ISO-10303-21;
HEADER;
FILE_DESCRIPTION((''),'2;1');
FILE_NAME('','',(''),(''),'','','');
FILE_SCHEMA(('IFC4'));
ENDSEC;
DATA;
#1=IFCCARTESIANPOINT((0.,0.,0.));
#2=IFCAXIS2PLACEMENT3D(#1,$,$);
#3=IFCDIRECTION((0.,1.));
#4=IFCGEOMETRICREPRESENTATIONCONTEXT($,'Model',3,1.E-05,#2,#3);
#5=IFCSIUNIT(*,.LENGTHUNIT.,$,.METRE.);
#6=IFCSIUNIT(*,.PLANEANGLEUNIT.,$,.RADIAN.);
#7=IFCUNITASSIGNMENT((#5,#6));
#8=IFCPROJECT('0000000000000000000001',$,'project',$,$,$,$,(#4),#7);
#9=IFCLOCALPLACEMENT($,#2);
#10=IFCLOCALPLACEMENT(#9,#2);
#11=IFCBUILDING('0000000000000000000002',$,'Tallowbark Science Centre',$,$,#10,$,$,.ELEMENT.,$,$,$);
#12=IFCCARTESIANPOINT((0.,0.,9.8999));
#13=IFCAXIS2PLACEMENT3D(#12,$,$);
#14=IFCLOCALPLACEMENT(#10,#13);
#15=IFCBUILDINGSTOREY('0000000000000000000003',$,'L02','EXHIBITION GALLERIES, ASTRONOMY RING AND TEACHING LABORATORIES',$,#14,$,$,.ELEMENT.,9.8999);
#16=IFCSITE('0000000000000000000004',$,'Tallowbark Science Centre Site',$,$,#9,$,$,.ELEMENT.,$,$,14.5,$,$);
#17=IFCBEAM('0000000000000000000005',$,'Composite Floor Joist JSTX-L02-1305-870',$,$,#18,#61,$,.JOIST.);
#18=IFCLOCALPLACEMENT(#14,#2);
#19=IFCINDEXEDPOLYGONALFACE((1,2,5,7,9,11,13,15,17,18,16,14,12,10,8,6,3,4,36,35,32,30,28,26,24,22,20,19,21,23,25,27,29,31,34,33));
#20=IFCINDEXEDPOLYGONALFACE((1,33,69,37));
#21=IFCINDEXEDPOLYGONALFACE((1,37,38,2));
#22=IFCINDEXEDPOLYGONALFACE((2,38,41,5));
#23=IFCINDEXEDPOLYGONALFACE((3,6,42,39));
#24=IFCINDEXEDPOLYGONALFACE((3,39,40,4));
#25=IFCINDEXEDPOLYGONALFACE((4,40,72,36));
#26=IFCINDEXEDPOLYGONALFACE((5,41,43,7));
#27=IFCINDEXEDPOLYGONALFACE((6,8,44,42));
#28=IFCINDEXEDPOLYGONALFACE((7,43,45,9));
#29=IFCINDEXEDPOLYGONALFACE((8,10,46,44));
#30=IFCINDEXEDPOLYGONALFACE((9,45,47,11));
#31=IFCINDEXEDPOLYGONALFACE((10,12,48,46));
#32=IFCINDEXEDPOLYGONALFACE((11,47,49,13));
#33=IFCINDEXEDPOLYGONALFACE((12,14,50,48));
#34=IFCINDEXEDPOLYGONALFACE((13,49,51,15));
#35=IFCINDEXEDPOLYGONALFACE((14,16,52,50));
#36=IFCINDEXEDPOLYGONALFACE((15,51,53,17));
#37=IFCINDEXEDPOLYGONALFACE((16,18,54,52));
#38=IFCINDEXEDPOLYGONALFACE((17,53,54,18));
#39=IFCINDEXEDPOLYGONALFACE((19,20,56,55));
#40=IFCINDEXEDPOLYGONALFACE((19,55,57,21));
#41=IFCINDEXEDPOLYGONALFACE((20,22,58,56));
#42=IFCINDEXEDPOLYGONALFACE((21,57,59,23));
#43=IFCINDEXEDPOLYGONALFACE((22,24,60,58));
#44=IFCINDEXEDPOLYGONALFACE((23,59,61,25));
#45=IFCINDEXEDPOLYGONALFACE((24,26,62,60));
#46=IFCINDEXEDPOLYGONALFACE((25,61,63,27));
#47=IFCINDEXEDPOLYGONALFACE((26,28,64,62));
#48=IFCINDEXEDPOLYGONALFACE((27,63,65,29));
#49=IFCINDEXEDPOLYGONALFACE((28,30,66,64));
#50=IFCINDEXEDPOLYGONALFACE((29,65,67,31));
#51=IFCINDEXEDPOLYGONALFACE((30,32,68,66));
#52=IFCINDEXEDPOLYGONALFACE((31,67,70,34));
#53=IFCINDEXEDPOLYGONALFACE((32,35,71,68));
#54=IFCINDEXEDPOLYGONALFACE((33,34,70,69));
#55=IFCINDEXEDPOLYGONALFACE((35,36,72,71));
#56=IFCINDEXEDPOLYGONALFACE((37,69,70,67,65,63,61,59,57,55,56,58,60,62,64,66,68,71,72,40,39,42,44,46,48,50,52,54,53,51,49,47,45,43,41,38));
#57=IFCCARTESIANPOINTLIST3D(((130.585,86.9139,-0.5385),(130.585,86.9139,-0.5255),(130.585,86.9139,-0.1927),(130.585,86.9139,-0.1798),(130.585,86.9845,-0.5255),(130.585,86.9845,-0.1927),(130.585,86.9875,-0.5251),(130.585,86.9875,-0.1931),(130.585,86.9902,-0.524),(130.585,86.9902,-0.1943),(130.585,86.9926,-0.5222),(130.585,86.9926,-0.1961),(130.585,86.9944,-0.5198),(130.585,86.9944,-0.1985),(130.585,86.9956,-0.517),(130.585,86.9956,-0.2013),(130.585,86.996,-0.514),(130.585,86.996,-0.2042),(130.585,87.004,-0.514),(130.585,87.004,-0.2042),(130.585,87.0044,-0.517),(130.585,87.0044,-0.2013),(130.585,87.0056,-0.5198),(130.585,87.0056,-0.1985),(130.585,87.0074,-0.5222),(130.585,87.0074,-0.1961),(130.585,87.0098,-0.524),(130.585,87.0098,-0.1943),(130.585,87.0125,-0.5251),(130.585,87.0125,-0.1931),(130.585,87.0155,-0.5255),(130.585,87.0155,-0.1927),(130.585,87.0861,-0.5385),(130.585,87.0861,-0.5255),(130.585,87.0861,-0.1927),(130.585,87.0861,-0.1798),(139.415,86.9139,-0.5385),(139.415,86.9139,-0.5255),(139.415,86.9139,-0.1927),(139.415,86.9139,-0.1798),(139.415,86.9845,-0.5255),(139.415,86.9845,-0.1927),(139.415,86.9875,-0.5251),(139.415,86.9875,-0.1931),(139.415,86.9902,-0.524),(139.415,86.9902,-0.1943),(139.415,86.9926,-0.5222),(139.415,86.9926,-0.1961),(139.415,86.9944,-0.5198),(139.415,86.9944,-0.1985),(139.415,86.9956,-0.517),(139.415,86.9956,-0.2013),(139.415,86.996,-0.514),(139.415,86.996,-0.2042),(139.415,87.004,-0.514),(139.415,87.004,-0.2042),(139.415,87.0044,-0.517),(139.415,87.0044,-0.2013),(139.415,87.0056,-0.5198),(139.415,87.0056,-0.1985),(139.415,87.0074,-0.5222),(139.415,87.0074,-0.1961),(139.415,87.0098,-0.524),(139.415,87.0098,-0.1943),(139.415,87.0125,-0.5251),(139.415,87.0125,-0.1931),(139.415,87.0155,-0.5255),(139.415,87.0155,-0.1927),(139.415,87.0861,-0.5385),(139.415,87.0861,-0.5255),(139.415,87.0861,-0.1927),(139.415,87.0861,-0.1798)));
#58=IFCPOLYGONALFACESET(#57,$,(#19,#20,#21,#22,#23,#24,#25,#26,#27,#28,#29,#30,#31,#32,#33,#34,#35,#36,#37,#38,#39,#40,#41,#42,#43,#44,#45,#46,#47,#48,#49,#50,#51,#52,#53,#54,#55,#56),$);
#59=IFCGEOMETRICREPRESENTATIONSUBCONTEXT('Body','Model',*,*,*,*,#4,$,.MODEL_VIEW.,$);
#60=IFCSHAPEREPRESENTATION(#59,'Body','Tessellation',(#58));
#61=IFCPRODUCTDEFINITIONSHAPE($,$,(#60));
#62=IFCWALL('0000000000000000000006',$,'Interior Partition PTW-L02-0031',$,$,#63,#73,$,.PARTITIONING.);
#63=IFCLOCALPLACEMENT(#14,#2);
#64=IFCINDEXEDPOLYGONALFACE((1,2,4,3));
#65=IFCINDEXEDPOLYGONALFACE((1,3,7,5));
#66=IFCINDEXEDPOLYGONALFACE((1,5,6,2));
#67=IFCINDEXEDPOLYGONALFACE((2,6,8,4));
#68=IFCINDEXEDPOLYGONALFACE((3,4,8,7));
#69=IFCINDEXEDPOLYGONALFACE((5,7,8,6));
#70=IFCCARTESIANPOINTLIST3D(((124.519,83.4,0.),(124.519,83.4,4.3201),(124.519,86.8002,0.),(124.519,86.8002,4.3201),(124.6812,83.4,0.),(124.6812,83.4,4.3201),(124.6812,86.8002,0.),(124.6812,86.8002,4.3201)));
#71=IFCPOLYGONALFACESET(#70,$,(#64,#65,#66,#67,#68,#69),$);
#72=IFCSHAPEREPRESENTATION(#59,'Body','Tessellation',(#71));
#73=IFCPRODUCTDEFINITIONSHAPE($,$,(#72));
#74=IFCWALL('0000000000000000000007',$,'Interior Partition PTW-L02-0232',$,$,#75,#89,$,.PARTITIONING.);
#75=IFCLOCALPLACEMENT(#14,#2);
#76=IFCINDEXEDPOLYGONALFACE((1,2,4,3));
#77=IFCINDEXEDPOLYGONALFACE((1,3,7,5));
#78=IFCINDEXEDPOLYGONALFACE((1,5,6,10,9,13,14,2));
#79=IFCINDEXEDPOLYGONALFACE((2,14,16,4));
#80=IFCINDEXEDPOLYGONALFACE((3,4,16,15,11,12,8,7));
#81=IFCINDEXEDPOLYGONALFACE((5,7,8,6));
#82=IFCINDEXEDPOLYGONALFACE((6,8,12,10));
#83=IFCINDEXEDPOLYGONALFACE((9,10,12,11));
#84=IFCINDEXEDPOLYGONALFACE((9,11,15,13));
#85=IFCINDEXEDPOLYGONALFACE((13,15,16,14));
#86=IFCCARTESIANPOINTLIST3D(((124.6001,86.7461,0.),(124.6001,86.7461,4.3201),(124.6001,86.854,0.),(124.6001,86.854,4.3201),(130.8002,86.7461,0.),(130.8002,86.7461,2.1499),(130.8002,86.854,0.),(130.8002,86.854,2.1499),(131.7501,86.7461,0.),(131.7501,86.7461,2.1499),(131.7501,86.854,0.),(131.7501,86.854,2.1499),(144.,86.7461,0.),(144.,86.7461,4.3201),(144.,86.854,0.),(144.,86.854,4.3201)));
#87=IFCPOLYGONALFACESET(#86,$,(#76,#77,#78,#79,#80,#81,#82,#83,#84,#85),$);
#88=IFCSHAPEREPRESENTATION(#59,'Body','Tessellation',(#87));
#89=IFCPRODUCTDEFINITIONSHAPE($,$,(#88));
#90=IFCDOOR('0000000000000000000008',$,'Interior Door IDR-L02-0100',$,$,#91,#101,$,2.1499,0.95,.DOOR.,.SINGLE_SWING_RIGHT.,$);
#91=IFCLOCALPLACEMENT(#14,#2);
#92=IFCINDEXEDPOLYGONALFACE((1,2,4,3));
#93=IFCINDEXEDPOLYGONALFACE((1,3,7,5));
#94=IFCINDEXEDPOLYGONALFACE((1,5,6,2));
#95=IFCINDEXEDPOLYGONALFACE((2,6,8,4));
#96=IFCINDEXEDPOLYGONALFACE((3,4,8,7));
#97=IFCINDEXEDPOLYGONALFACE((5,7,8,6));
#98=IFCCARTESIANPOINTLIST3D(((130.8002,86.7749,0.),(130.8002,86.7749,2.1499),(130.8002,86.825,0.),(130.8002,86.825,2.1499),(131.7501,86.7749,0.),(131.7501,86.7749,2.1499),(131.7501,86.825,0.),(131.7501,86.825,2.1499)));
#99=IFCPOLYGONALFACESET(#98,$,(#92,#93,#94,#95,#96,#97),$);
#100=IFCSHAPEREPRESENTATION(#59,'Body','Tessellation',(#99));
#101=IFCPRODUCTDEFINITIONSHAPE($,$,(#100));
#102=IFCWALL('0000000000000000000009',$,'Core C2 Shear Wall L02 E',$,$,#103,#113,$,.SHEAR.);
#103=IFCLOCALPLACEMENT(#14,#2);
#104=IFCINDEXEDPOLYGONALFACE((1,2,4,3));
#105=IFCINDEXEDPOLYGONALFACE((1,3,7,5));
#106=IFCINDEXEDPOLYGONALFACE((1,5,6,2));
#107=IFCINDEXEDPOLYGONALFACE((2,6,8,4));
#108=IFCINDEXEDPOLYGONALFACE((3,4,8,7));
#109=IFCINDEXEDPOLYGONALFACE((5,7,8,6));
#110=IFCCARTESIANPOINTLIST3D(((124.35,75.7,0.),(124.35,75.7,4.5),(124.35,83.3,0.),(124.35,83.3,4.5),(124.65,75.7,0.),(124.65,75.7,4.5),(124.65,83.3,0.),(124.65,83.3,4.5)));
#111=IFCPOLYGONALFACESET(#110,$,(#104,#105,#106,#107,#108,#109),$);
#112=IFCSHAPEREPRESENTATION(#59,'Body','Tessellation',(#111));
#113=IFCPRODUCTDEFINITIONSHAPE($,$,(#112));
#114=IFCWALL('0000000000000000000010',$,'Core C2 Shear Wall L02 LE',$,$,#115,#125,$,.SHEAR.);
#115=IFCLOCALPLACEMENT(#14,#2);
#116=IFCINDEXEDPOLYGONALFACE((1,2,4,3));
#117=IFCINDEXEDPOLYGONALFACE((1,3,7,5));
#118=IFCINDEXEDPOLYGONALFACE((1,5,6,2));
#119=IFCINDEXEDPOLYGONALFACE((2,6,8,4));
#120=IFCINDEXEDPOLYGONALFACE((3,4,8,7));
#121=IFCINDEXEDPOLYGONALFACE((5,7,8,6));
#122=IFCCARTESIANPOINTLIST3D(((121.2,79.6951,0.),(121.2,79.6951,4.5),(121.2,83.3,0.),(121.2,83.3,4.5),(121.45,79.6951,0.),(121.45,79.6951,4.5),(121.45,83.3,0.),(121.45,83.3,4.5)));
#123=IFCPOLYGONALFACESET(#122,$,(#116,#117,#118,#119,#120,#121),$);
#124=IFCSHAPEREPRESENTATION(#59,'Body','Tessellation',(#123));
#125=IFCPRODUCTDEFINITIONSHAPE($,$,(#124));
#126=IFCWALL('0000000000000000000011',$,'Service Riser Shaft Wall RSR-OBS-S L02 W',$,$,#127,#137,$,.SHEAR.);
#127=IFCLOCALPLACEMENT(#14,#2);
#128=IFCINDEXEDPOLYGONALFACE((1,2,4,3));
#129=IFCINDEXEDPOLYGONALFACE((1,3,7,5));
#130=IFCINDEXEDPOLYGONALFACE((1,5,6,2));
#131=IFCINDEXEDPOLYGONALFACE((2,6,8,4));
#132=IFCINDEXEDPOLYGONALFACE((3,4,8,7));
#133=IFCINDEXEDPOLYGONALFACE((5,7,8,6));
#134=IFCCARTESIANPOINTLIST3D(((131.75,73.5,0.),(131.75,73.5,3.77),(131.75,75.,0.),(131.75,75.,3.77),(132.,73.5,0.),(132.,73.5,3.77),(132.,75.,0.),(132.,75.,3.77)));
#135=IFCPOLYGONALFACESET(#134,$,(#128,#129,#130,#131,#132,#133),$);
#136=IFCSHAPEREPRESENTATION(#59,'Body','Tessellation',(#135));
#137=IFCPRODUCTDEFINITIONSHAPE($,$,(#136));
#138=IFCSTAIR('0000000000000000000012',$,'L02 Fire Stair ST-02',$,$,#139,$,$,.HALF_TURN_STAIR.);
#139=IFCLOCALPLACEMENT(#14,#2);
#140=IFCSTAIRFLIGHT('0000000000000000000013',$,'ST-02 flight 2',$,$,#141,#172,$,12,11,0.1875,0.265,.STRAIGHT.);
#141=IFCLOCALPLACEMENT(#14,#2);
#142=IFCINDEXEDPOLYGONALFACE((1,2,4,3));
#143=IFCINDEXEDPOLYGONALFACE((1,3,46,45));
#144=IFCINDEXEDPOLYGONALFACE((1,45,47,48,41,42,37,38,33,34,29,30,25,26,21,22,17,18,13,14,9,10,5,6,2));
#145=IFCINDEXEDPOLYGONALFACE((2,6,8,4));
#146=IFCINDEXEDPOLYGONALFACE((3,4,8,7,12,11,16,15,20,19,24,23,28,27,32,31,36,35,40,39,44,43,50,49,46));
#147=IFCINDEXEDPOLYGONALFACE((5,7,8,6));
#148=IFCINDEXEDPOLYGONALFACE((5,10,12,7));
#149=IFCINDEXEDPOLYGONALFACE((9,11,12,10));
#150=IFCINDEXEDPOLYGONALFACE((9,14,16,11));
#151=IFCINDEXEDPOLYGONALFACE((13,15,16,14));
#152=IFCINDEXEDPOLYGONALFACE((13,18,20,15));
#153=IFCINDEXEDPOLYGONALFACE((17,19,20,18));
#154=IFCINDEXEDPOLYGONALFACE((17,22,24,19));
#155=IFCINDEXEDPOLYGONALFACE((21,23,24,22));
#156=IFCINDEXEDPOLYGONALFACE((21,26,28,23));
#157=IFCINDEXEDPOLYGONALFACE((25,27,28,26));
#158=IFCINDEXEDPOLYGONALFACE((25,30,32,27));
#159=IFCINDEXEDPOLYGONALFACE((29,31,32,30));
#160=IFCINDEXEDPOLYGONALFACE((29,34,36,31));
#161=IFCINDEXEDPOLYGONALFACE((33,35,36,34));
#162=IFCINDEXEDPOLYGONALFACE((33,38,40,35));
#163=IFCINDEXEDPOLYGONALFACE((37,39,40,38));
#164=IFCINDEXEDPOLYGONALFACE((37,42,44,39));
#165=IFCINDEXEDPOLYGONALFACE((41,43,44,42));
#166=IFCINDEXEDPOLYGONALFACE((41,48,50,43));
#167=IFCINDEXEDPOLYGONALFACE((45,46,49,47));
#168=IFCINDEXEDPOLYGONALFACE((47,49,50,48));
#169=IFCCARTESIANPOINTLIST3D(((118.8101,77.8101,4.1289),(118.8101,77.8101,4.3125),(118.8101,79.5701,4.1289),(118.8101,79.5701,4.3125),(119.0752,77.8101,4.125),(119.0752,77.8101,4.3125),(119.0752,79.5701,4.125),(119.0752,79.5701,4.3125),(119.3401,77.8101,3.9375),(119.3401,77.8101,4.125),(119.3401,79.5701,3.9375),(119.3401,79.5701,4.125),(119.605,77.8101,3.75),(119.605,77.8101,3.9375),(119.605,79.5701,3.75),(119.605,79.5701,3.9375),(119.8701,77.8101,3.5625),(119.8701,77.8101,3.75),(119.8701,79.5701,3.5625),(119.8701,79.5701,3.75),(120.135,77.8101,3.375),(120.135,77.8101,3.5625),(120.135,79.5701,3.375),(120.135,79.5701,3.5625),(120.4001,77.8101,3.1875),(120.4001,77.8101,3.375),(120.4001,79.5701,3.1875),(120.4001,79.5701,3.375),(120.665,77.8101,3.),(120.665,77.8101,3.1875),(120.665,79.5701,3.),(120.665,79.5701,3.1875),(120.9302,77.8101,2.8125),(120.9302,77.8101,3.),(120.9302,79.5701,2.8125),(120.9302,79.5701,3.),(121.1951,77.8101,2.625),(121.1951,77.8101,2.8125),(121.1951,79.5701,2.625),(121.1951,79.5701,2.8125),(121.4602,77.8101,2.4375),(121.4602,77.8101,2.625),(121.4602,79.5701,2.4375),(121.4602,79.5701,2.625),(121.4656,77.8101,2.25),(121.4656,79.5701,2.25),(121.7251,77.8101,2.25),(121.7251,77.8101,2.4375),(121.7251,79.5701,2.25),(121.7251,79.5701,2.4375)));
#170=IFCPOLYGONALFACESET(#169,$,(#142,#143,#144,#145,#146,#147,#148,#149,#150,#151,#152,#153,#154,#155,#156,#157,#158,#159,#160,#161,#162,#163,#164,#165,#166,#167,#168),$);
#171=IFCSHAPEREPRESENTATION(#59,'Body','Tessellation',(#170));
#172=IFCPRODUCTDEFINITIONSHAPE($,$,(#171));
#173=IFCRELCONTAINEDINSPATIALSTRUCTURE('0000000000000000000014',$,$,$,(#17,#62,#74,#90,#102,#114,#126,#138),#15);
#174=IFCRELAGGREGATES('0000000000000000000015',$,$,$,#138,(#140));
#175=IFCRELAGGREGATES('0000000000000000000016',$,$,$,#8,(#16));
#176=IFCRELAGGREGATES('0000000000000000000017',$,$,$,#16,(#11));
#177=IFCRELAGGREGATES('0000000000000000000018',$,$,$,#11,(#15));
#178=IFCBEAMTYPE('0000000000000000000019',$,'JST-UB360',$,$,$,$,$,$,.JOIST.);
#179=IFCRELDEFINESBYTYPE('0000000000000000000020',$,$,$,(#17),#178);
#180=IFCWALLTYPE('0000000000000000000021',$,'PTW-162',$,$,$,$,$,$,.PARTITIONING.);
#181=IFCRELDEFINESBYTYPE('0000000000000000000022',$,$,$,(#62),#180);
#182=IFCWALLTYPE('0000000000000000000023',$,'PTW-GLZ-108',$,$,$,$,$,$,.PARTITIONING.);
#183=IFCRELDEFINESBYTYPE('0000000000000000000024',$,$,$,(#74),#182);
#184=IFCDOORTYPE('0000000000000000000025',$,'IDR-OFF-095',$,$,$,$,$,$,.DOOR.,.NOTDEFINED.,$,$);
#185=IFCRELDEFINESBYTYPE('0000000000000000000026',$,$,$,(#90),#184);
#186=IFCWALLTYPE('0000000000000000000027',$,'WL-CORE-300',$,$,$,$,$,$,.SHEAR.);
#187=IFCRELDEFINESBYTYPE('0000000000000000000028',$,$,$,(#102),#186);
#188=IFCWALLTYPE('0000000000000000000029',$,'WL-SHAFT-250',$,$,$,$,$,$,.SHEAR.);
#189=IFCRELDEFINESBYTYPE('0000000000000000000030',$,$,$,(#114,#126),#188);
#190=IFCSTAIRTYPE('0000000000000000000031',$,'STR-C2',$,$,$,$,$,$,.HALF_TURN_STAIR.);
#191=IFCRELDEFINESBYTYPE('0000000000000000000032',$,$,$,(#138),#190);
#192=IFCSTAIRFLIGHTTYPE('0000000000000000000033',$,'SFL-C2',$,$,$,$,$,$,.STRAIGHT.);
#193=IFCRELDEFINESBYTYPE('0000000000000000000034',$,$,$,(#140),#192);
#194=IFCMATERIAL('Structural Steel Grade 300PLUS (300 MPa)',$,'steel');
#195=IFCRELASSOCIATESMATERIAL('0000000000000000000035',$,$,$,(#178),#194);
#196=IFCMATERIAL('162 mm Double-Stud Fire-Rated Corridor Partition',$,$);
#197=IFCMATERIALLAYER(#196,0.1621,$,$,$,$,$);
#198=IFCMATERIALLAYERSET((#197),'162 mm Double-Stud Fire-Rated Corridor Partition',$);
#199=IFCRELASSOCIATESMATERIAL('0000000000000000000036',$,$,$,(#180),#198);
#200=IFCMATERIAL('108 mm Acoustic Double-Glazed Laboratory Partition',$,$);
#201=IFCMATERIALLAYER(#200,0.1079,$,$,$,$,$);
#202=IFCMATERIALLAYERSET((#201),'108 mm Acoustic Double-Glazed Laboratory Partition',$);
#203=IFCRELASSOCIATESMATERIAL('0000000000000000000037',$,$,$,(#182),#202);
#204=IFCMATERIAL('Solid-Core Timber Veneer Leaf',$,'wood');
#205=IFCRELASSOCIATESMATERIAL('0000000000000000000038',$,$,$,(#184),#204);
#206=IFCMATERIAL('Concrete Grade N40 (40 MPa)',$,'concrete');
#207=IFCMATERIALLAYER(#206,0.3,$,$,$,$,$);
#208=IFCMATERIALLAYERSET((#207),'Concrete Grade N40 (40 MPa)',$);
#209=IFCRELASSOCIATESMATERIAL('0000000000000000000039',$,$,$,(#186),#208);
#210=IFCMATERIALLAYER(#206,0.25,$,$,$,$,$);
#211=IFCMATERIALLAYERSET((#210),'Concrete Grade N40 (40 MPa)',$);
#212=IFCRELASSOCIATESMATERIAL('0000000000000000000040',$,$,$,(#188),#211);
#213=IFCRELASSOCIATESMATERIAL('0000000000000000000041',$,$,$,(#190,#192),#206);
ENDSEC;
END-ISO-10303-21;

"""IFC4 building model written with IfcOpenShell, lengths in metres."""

from ifc_helpers import new_model, si_unit, direction, frame, frame_2d, origin, origin_2d, place, context, subcontext, project, spatial, polyline, rectangle, i_section, outline, extrude, material, layer, layer_set, material_profile, profile_set, type_object, element, fill, aggregate, save


model = new_model("IFC4")

# Units and contexts
model_context = context("Model", 3, precision=1e-05, world=origin(), true_north=direction((0.0, 1.0)))
body_context = subcontext(model_context, "Body", "Model", "MODEL_VIEW")
ifc_project = project(units=[si_unit("LENGTHUNIT", "METRE"), si_unit("PLANEANGLEUNIT", "RADIAN")], contexts=[model_context])

# Site, building, storey
site_placement = place(None, origin())
site = spatial("IfcSite", under=ifc_project, at=site_placement, Name="Tallowbark Science Centre Site", CompositionType="ELEMENT", RefElevation=14.5)
building_placement = place(site_placement, origin())
building = spatial("IfcBuilding", under=site, at=building_placement, Name="Tallowbark Science Centre", CompositionType="ELEMENT")
storey_placement = place(building_placement, frame((0.0, 0.0, 9.8999)))
storey = spatial("IfcBuildingStorey", under=building, at=storey_placement, Name="L02", Description="EXHIBITION GALLERIES, ASTRONOMY RING AND TEACHING LABORATORIES", CompositionType="ELEMENT", Elevation=9.8999)

# Shared definitions
ifc_material_1 = material(Name="Structural Steel Grade 300PLUS (300 MPa)", Category="steel")

# Beam
ifc_material_profile_1 = material_profile(ifc_material_1, i_section(OverallWidth=0.1721, OverallDepth=0.3586, WebThickness=0.0081, FlangeThickness=0.0129, FilletRadius=0.0115, at=origin_2d()), Name="360UB56.7")
ifc_profile_set_1 = profile_set([ifc_material_profile_1], Name="Structural Steel Grade 300PLUS (300 MPa)")
beam_type_1 = type_object("IfcBeamType", Name="JST-UB360", PredefinedType="JOIST", material=ifc_profile_set_1)
for number, where, z_axis, x_axis, name in (
    (1, (130.585, 87.0, -0.3591), (1.0, 0.0, 0.0), (0.0, 1.0, 0.0), "Composite Floor Joist JSTX-L02-1305-870"),
):
    element("IfcBeam", number, at=place(storey_placement, frame(where, z_axis=z_axis, x_axis=x_axis)), inside=storey, type_object=beam_type_1, Name=name, PredefinedType="JOIST", context=body_context, shape_type="SweptSolid", body=[
        extrude(i_section(OverallWidth=0.1721, OverallDepth=0.3586, WebThickness=0.0081, FlangeThickness=0.0129, FilletRadius=0.0115, at=origin_2d()), origin(), (0.0, 0.0, 1.0), 8.8301),
    ])

# Wall
ifc_material_2 = material(Name="162 mm Double-Stud Fire-Rated Corridor Partition")
ifc_layer_1 = layer(ifc_material_2, 0.1621)
ifc_layer_set_1 = layer_set([ifc_layer_1], Name="162 mm Double-Stud Fire-Rated Corridor Partition")
wall_type_1 = type_object("IfcWallType", Name="PTW-162", PredefinedType="PARTITIONING", material=ifc_layer_set_1)
wall_1_placement = place(storey_placement, frame((124.6001, 83.3999, 0.0), z_axis=(0.0, 0.0, 1.0), x_axis=(0.0, 1.0, 0.0)))
element("IfcWall", 2, at=wall_1_placement, inside=storey, type_object=wall_type_1, Name="Interior Partition PTW-L02-0031", PredefinedType="PARTITIONING", context=body_context, shape_type="SweptSolid", body=[
    extrude(rectangle(XDim=3.4001, YDim=0.1621, at=frame_2d((1.7002, 0.0))), origin(), (0.0, 0.0, 1.0), 4.3201),
])

# Wall, opening, door
ifc_material_3 = material(Name="108 mm Acoustic Double-Glazed Laboratory Partition")
ifc_layer_2 = layer(ifc_material_3, 0.1079)
ifc_layer_set_2 = layer_set([ifc_layer_2], Name="108 mm Acoustic Double-Glazed Laboratory Partition")
wall_type_2 = type_object("IfcWallType", Name="PTW-GLZ-108", PredefinedType="PARTITIONING", material=ifc_layer_set_2)
wall_2_placement = place(storey_placement, frame((124.6001, 86.8, 0.0), z_axis=(0.0, 0.0, 1.0), x_axis=(1.0, 0.0, 0.0)))
wall_2 = element("IfcWall", 3, at=wall_2_placement, inside=storey, type_object=wall_type_2, Name="Interior Partition PTW-L02-0232", PredefinedType="PARTITIONING", context=body_context, shape_type="SweptSolid", body=[
    extrude(rectangle(XDim=19.3999, YDim=0.1079, at=frame_2d((9.7, 0.0))), origin(), (0.0, 0.0, 1.0), 4.3201),
])
opening_placement = place(wall_2_placement, frame((6.2, 0.0, 0.0)))
opening = element("IfcOpeningElement", 4, at=opening_placement, cuts=wall_2, PredefinedType="OPENING", context=body_context, shape_type="SweptSolid", body=[
    extrude(rectangle(XDim=0.95, YDim=2.1499, at=frame_2d((0.4751, 1.075))), frame((0.0, 0.064, 0.0), z_axis=(0.0, -1.0, 0.0), x_axis=(1.0, 0.0, 0.0)), (0.0, 0.0, 1.0), 0.1279),
])
ifc_material_4 = material(Name="Solid-Core Timber Veneer Leaf", Category="wood")
door_type = type_object("IfcDoorType", Name="IDR-OFF-095", OperationType="NOTDEFINED", PredefinedType="DOOR", material=ifc_material_4)
door_placement = place(opening_placement, origin())
door = element("IfcDoor", 5, at=door_placement, inside=storey, type_object=door_type, Name="Interior Door IDR-L02-0100", OperationType="SINGLE_SWING_RIGHT", OverallHeight=2.1499, OverallWidth=0.95, PredefinedType="DOOR", context=body_context, shape_type="SweptSolid", body=[
    extrude(rectangle(XDim=0.95, YDim=2.1499, at=frame_2d((0.4751, 1.075))), frame((0.0, 0.0249, 0.0), z_axis=(0.0, -1.0, 0.0), x_axis=(1.0, 0.0, 0.0)), (0.0, 0.0, 1.0), 0.05),
])
fill(opening, door)

# Walls
ifc_material_5 = material(Name="Concrete Grade N40 (40 MPa)", Category="concrete")
ifc_layer_3 = layer(ifc_material_5, 0.3)
ifc_layer_set_3 = layer_set([ifc_layer_3], Name="Concrete Grade N40 (40 MPa)")
wall_type_3 = type_object("IfcWallType", Name="WL-CORE-300", PredefinedType="SHEAR", material=ifc_layer_set_3)
wall_3_placement = place(storey_placement, frame((124.5, 75.7, 0.0), z_axis=(0.0, 0.0, 1.0), x_axis=(0.0, 1.0, 0.0)))
element("IfcWall", 6, at=wall_3_placement, inside=storey, type_object=wall_type_3, Name="Core C2 Shear Wall L02 E", PredefinedType="SHEAR", context=body_context, shape_type="SweptSolid", body=[
    extrude(rectangle(XDim=7.6001, YDim=0.3, at=frame_2d((3.8, 0.0))), origin(), (0.0, 0.0, 1.0), 4.5),
])
ifc_layer_4 = layer(ifc_material_5, 0.25)
ifc_layer_set_4 = layer_set([ifc_layer_4], Name="Concrete Grade N40 (40 MPa)")
wall_type_4 = type_object("IfcWallType", Name="WL-SHAFT-250", PredefinedType="SHEAR", material=ifc_layer_set_4)
wall_4_placement = place(storey_placement, frame((121.325, 79.6951, 0.0), z_axis=(0.0, 0.0, 1.0), x_axis=(0.0, 1.0, 0.0)))
element("IfcWall", 7, at=wall_4_placement, inside=storey, type_object=wall_type_4, Name="Core C2 Shear Wall L02 LE", PredefinedType="SHEAR", context=body_context, shape_type="SweptSolid", body=[
    extrude(rectangle(XDim=3.605, YDim=0.25, at=frame_2d((1.8025, 0.0))), origin(), (0.0, 0.0, 1.0), 4.5),
])
wall_5_placement = place(storey_placement, frame((131.875, 73.5, 0.0), z_axis=(0.0, 0.0, 1.0), x_axis=(0.0, 1.0, 0.0)))
element("IfcWall", 8, at=wall_5_placement, inside=storey, type_object=wall_type_4, Name="Service Riser Shaft Wall RSR-OBS-S L02 W", PredefinedType="SHEAR", context=body_context, shape_type="SweptSolid", body=[
    extrude(rectangle(XDim=1.5, YDim=0.25, at=frame_2d((0.75, 0.0))), origin(), (0.0, 0.0, 1.0), 3.77),
])

# Stair, stair flight
stair_type = type_object("IfcStairType", Name="STR-C2", PredefinedType="HALF_TURN_STAIR", material=ifc_material_5)
stair_placement = place(storey_placement, origin())
stair = element("IfcStair", 9, at=stair_placement, inside=storey, type_object=stair_type, Name="L02 Fire Stair ST-02", PredefinedType="HALF_TURN_STAIR")
stair_flight_type = type_object("IfcStairFlightType", Name="SFL-C2", PredefinedType="STRAIGHT", material=ifc_material_5)
stair_flight_placement = place(storey_placement, frame((121.7251, 78.6899, 2.25), z_axis=(0.0, 0.0, 1.0), x_axis=(-1.0, 0.0, 0.0)))
stair_flight = element("IfcStairFlight", 10, at=stair_flight_placement, type_object=stair_flight_type, Name="ST-02 flight 2", NumberOfRisers=12, NumberOfTreads=11, PredefinedType="STRAIGHT", RiserHeight=0.1875, TreadLength=0.265, context=body_context, shape_type="SweptSolid", body=[
    extrude(outline(polyline([(0.0, 0.0), (0.0, 0.1875), (0.2649, 0.1875), (0.2649, 0.375), (0.53, 0.375), (0.53, 0.5625), (0.7949, 0.5625), (0.7949, 0.75), (1.0601, 0.75), (1.0601, 0.9375), (1.325, 0.9375), (1.325, 1.125), (1.5901, 1.125), (1.5901, 1.3125), (1.855, 1.3125), (1.855, 1.5), (2.1201, 1.5), (2.1201, 1.6875), (2.385, 1.6875), (2.385, 1.875), (2.6499, 1.875), (2.6499, 2.0625), (2.915, 2.0625), (2.915, 2.25), (2.915, 1.8789), (0.2595, 0.0), (0.0, 0.0)])), frame((0.0, 0.8799, 0.0), z_axis=(0.0, -1.0, 0.0), x_axis=(1.0, 0.0, 0.0)), (0.0, 0.0, 1.0), 1.76),
])
aggregate(stair, [stair_flight])

save(model, "model.ifc")
